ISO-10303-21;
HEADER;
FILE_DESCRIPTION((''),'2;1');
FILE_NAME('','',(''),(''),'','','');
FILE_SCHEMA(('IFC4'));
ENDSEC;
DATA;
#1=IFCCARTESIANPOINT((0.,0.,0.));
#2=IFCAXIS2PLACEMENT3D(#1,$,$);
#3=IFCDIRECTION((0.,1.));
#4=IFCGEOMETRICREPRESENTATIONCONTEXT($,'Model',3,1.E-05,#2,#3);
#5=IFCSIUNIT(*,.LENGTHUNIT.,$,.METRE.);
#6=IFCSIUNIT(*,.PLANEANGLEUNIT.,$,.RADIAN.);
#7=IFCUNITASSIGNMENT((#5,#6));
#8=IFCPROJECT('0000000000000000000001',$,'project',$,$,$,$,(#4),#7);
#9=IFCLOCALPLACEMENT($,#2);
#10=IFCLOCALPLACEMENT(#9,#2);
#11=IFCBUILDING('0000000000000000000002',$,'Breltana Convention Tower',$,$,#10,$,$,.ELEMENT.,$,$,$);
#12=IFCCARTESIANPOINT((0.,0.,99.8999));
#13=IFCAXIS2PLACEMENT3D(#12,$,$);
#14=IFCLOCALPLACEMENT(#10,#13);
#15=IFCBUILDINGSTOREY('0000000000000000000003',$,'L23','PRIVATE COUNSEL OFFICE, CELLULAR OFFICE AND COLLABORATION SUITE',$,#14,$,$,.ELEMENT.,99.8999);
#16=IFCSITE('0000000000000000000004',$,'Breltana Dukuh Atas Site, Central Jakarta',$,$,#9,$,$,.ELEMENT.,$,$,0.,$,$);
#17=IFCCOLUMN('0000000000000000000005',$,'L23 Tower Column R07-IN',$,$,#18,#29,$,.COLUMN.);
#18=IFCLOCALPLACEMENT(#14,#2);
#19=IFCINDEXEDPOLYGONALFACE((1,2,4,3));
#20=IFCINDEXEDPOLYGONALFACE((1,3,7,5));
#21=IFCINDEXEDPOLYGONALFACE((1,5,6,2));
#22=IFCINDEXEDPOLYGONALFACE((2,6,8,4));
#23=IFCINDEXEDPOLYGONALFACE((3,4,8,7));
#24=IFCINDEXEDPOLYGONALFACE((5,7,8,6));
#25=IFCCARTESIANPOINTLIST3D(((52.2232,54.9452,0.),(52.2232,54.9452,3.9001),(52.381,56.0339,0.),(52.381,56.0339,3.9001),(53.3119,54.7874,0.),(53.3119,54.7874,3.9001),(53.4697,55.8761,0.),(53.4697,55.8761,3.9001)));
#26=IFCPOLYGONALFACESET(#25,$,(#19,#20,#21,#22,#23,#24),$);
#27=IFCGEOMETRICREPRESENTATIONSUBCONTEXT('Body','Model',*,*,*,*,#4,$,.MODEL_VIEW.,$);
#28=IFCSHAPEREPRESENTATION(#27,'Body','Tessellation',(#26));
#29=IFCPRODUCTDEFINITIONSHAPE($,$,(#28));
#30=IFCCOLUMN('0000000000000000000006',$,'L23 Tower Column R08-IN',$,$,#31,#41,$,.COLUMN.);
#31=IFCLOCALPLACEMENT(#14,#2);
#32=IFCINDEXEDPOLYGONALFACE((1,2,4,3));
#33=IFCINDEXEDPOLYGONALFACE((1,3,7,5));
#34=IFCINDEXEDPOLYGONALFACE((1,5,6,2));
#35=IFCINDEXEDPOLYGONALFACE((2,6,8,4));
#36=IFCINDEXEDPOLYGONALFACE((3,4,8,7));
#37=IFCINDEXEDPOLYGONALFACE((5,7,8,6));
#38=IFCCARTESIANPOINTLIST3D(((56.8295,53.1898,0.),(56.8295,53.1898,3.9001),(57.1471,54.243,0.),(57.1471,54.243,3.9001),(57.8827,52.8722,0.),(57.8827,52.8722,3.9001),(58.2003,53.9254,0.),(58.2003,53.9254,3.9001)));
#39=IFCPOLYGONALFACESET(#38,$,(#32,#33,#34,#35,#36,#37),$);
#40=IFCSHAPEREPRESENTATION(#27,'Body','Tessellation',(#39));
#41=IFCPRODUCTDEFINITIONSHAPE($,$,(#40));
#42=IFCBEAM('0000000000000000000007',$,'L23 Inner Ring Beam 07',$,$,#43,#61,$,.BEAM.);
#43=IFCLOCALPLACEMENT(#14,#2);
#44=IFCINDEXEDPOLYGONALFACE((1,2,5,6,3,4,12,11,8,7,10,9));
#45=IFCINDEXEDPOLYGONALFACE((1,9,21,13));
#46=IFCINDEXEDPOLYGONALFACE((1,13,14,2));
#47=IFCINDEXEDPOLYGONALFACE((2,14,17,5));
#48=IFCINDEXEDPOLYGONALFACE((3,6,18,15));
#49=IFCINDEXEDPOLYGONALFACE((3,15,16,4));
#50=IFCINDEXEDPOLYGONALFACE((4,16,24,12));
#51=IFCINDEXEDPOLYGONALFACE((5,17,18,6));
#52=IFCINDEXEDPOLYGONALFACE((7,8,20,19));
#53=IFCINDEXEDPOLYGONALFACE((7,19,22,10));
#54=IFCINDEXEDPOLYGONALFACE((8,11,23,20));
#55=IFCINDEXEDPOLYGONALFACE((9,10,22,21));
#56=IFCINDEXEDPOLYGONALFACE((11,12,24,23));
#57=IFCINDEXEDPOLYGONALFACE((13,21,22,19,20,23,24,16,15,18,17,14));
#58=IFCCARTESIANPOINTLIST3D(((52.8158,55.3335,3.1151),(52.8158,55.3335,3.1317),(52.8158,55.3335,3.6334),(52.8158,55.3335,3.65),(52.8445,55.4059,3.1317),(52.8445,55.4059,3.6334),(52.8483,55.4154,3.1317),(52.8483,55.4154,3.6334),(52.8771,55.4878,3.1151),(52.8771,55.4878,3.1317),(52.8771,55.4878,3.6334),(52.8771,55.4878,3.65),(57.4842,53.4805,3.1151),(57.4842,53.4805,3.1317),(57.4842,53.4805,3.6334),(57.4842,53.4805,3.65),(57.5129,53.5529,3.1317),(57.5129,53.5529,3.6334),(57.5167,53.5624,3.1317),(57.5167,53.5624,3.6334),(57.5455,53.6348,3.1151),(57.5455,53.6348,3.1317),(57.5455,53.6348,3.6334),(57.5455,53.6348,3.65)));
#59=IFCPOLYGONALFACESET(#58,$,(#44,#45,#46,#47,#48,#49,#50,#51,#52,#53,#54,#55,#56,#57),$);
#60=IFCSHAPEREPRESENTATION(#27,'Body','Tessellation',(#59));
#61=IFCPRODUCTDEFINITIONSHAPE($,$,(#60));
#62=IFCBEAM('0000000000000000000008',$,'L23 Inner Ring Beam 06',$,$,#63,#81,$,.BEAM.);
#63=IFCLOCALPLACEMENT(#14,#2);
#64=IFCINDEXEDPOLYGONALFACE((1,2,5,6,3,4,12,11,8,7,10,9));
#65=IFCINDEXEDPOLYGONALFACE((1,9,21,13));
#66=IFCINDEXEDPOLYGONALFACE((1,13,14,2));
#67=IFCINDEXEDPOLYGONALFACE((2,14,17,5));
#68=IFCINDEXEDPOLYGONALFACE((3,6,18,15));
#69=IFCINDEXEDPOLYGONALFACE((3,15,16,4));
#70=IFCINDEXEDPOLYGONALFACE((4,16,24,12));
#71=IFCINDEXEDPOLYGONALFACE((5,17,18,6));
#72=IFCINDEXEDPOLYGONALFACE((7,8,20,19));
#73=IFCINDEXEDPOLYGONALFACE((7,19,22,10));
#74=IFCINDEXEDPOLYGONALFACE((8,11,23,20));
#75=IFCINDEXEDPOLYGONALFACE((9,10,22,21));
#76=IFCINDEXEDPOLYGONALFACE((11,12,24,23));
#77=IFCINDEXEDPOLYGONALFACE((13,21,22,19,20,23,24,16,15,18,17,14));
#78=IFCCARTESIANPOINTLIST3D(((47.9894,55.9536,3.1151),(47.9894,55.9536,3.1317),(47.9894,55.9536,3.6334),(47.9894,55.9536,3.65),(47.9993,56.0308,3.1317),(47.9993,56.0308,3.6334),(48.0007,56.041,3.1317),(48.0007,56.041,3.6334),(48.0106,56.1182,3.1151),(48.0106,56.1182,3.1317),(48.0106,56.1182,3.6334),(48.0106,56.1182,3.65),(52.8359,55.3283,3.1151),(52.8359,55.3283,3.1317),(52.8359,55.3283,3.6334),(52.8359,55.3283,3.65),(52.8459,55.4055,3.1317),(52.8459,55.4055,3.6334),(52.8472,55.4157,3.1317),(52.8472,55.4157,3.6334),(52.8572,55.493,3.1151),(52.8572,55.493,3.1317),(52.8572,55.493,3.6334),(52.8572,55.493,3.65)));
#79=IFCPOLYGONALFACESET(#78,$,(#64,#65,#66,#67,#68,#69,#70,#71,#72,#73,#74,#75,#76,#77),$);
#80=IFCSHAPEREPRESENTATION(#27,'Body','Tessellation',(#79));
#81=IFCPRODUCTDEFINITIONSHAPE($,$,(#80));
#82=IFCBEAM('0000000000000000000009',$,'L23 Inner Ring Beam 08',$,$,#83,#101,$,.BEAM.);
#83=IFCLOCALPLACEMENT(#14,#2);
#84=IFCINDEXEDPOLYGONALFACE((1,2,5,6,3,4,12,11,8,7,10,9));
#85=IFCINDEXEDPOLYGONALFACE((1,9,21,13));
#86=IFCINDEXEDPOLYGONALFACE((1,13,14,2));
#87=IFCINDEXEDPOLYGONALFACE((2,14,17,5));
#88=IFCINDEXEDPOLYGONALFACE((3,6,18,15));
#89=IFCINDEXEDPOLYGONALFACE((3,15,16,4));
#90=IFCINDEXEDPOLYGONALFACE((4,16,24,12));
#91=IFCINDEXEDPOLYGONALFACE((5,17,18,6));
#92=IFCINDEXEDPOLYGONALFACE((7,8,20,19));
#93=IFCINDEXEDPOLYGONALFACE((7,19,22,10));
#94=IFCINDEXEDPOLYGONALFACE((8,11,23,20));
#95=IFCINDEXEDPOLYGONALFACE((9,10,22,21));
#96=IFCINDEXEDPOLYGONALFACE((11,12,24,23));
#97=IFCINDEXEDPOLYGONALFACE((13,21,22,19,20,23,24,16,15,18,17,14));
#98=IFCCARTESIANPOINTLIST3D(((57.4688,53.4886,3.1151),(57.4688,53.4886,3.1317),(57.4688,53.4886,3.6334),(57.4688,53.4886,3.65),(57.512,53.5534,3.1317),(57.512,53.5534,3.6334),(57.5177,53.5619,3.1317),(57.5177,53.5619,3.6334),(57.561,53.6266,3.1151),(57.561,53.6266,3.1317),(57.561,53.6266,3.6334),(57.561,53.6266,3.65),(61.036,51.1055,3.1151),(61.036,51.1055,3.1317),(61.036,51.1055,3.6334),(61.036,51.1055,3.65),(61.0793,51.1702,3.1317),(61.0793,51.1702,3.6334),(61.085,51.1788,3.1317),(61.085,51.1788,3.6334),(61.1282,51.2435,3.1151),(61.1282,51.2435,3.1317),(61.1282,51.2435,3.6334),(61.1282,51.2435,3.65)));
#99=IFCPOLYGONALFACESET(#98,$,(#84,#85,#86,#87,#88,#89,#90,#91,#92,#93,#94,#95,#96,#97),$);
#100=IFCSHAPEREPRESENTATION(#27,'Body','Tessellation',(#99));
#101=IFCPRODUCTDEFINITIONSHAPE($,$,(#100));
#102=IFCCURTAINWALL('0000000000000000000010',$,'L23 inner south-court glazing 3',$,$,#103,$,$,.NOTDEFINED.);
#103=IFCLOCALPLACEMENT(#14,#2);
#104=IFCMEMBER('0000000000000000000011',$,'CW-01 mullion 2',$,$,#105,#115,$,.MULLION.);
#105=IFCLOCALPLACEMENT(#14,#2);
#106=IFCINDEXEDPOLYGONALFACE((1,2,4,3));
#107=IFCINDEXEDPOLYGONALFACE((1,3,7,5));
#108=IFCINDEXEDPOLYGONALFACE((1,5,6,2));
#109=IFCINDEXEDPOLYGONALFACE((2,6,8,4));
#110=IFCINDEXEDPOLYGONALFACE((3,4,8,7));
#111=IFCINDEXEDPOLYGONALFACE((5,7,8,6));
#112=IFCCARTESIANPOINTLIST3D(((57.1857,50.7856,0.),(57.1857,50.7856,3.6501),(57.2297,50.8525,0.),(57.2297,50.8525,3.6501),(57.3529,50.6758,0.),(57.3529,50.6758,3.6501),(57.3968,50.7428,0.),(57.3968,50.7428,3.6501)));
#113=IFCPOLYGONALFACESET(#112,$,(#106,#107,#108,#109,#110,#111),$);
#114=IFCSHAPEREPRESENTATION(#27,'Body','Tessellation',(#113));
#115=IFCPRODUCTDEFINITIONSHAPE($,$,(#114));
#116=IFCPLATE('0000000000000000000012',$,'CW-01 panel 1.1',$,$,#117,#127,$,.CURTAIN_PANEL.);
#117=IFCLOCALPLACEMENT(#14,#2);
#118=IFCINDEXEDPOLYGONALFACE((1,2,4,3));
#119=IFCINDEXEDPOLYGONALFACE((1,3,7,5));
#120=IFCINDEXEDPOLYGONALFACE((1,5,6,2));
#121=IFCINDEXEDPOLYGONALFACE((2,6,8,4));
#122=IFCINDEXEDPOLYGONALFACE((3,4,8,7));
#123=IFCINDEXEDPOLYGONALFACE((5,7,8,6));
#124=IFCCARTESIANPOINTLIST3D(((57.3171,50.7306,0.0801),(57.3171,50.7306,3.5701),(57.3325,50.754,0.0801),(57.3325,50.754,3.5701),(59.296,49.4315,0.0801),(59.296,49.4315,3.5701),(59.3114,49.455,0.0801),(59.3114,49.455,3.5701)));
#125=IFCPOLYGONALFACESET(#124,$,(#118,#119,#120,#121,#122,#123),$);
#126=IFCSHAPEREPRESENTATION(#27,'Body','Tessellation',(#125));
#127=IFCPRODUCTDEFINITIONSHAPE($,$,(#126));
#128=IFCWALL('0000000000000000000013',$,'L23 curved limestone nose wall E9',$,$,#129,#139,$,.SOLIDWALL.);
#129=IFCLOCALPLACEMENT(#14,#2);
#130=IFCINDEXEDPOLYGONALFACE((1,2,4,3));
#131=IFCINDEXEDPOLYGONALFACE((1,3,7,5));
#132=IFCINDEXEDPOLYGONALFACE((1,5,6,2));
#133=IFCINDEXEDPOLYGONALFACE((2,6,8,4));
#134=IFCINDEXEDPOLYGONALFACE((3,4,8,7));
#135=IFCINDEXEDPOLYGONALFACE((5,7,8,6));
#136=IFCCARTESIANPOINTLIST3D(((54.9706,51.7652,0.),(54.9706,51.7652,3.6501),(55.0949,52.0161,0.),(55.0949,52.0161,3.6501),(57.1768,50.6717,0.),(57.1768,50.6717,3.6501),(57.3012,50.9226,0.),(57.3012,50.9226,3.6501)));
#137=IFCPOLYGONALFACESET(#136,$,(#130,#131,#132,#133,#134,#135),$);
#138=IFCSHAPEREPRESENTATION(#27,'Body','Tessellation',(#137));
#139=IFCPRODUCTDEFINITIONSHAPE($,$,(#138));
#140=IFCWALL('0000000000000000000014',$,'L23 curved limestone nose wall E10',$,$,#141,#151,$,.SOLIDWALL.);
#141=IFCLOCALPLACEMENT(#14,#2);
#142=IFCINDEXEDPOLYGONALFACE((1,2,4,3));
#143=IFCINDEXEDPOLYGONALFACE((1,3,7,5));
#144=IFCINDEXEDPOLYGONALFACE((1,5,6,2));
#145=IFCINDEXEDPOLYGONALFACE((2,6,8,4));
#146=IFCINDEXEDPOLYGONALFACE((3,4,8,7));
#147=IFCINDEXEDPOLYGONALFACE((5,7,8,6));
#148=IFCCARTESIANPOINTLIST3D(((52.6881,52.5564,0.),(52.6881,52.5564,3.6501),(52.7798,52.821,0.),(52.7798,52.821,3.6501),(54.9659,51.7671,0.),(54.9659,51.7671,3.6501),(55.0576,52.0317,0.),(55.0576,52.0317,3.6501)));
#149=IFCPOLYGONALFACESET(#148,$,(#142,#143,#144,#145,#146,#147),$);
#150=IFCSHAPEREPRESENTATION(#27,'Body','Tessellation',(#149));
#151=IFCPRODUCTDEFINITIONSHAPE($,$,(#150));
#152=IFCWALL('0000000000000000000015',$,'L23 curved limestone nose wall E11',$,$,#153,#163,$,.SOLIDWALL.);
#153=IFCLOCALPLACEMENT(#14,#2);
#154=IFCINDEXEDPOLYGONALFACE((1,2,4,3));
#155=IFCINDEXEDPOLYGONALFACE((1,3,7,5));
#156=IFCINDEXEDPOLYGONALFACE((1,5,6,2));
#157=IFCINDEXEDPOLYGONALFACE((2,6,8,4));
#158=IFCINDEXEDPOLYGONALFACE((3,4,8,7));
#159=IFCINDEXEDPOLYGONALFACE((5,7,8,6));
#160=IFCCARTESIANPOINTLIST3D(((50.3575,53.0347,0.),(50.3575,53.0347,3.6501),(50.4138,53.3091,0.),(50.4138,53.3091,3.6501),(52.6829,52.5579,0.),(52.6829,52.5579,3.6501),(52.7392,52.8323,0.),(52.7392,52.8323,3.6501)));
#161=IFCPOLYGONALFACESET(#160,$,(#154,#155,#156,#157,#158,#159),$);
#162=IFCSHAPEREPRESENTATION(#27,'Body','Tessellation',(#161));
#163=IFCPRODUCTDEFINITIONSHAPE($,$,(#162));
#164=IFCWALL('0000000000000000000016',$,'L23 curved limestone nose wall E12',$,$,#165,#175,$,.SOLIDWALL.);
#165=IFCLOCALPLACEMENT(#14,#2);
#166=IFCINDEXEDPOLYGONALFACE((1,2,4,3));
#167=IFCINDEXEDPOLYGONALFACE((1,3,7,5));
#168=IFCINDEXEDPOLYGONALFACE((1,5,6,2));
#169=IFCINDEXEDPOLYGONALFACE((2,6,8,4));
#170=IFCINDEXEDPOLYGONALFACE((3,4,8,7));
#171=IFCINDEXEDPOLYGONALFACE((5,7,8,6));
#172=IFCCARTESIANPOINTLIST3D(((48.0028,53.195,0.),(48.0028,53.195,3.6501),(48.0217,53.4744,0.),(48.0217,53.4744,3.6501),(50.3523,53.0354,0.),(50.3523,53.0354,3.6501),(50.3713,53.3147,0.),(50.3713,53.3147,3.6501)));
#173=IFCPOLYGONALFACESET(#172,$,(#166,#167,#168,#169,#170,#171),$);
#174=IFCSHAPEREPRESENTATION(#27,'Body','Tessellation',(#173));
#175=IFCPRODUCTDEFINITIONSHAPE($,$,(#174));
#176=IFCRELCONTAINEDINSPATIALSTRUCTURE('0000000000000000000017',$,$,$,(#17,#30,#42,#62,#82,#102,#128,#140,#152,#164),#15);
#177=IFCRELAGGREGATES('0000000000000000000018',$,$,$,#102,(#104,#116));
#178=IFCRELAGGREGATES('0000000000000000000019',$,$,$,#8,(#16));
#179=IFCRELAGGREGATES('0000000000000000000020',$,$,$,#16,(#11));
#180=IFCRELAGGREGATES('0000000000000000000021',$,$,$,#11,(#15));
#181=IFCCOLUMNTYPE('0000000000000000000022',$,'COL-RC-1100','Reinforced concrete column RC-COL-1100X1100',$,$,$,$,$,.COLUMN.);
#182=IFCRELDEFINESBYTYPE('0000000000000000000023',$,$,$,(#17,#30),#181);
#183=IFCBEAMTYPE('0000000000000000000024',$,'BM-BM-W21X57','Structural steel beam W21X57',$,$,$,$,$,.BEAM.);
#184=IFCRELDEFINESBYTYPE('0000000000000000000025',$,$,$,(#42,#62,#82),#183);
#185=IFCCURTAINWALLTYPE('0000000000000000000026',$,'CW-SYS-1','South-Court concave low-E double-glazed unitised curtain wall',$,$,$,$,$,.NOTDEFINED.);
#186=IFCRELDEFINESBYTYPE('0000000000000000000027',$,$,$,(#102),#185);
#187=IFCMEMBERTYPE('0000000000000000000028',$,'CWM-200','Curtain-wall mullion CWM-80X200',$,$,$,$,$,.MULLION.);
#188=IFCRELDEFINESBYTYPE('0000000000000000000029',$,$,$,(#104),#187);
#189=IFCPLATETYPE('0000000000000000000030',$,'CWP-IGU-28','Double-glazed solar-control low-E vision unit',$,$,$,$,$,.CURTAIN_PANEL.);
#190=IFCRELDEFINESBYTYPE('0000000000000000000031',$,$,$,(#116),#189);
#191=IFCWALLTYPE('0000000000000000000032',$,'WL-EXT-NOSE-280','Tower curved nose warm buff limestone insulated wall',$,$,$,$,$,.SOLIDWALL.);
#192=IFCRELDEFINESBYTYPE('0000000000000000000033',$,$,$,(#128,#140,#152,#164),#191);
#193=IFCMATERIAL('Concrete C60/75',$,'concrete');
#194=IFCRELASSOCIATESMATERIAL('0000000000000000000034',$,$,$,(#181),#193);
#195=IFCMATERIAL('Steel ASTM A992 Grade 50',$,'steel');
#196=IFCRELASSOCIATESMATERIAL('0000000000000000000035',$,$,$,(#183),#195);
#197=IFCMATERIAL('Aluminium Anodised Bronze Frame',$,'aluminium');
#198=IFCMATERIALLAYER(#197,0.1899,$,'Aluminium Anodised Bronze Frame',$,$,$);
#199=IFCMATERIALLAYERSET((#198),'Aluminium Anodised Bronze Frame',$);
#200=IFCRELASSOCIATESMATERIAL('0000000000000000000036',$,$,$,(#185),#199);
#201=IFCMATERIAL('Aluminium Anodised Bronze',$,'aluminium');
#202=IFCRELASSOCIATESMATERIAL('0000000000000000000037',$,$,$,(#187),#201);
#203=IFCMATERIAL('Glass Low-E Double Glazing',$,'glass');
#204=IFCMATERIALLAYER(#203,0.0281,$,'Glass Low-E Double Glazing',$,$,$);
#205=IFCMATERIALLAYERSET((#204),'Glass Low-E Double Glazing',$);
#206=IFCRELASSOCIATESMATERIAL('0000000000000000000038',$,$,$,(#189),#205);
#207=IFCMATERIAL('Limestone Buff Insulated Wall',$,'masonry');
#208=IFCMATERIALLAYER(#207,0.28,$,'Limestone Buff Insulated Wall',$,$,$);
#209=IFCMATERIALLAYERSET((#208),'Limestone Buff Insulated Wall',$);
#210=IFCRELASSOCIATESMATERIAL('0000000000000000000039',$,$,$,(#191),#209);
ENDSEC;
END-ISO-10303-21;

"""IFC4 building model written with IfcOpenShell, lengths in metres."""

from ifc_helpers import new_model, si_unit, direction, frame, frame_2d, origin, origin_2d, place, context, subcontext, project, spatial, rectangle, i_section, extrude, source, transform, mapped, material, layer, layer_set, material_profile, profile_set, type_object, element, aggregate, save


model = new_model("IFC4")

# Units and contexts
model_context = context("Model", 3, precision=1e-05, world=origin(), true_north=direction((0.0, 1.0)))
body_context = subcontext(model_context, "Body", "Model", "MODEL_VIEW")
ifc_project = project(units=[si_unit("LENGTHUNIT", "METRE"), si_unit("PLANEANGLEUNIT", "RADIAN")], contexts=[model_context])

# Site, building, storey
site_placement = place(None, origin())
site = spatial("IfcSite", under=ifc_project, at=site_placement, Name="Breltana Dukuh Atas Site, Central Jakarta", CompositionType="ELEMENT", RefElevation=0.0)
building_placement = place(site_placement, origin())
building = spatial("IfcBuilding", under=site, at=building_placement, Name="Breltana Convention Tower", CompositionType="ELEMENT")
storey_placement = place(building_placement, frame((0.0, 0.0, 99.8999)))
storey = spatial("IfcBuildingStorey", under=building, at=storey_placement, Name="L23", Description="PRIVATE COUNSEL OFFICE, CELLULAR OFFICE AND COLLABORATION SUITE", CompositionType="ELEMENT", Elevation=99.8999)

# Columns
ifc_material_1 = material(Name="Concrete C60/75", Category="concrete")
ifc_material_profile_1 = material_profile(ifc_material_1, rectangle(XDim=1.1001, YDim=1.1001, at=origin_2d()), Name="RC-COL-1100X1100")
ifc_profile_set_1 = profile_set([ifc_material_profile_1], Name="Concrete C60/75")
column_type = type_object("IfcColumnType", Name="COL-RC-1100", Description="Reinforced concrete column RC-COL-1100X1100", PredefinedType="COLUMN", material=ifc_profile_set_1)
shared_shape_1 = source(origin(), body_context, "Body", "SweptSolid", [
    extrude(rectangle(XDim=1.1001, YDim=1.1001, at=origin_2d()), origin(), (0.0, 0.0, 1.0), 3.9001),
])
for number, where, z_axis, x_axis, name in (
    (1, (52.8464, 55.4106, 0.0), (0.0, 0.0, 1.0), (0.143493, 0.989651, 0.0), "L23 Tower Column R07-IN"),
    (2, (57.5149, 53.5576, 0.0), (0.0, 0.0, 1.0), (0.288698, 0.95742, 0.0), "L23 Tower Column R08-IN"),
):
    element("IfcColumn", number, at=place(storey_placement, frame(where, z_axis=z_axis, x_axis=x_axis)), inside=storey, type_object=column_type, Name=name, PredefinedType="COLUMN", context=body_context, shape_type="MappedRepresentation", body=[
        mapped(shared_shape_1, transform((0.0, 0.0, 0.0), scale=1.0)),
    ])

# Beams
ifc_material_2 = material(Name="Steel ASTM A992 Grade 50", Category="steel")
ifc_material_profile_2 = material_profile(ifc_material_2, i_section(OverallWidth=0.166, OverallDepth=0.5349, WebThickness=0.0103, FlangeThickness=0.0166, at=origin_2d()), Name="W21X57")
ifc_profile_set_2 = profile_set([ifc_material_profile_2], Name="Steel ASTM A992 Grade 50")
beam_type = type_object("IfcBeamType", Name="BM-BM-W21X57", Description="Structural steel beam W21X57", PredefinedType="BEAM", material=ifc_profile_set_2)
shared_shape_2 = source(origin(), body_context, "Body", "SweptSolid", [
    extrude(i_section(OverallWidth=0.166, OverallDepth=0.5349, WebThickness=0.0103, FlangeThickness=0.0166, at=origin_2d()), origin(), (0.0, 0.0, 1.0), 5.0227),
])
beam_1_placement = place(storey_placement, frame((52.8464, 55.4106, 3.3826), z_axis=(0.929459, -0.368926, 0.0), x_axis=(0.368926, 0.929459, 0.0)))
element("IfcBeam", 3, at=beam_1_placement, inside=storey, type_object=beam_type, Name="L23 Inner Ring Beam 07", PredefinedType="BEAM", context=body_context, shape_type="MappedRepresentation", body=[
    mapped(shared_shape_2, transform((0.0, 0.0, 0.0), scale=1.0)),
])
shared_shape_3 = source(origin(), body_context, "Body", "SweptSolid", [
    extrude(i_section(OverallWidth=0.166, OverallDepth=0.5349, WebThickness=0.0103, FlangeThickness=0.0166, at=origin_2d()), origin(), (0.0, 0.0, 1.0), 4.8867),
])
beam_2_placement = place(storey_placement, frame((48.0, 56.0359, 3.3826), z_axis=(0.991781, -0.127951, 0.0), x_axis=(0.127951, 0.991781, 0.0)))
element("IfcBeam", 4, at=beam_2_placement, inside=storey, type_object=beam_type, Name="L23 Inner Ring Beam 06", PredefinedType="BEAM", context=body_context, shape_type="MappedRepresentation", body=[
    mapped(shared_shape_3, transform((0.0, 0.0, 0.0), scale=1.0)),
])
shared_shape_4 = source(origin(), body_context, "Body", "SweptSolid", [
    extrude(i_section(OverallWidth=0.166, OverallDepth=0.5349, WebThickness=0.0103, FlangeThickness=0.0166, at=origin_2d()), origin(), (0.0, 0.0, 1.0), 4.29),
])
beam_3_placement = place(storey_placement, frame((57.5149, 53.5576, 3.3826), z_axis=(0.831516, -0.555501, 0.0), x_axis=(0.555501, 0.831516, 0.0)))
element("IfcBeam", 5, at=beam_3_placement, inside=storey, type_object=beam_type, Name="L23 Inner Ring Beam 08", PredefinedType="BEAM", context=body_context, shape_type="MappedRepresentation", body=[
    mapped(shared_shape_4, transform((0.0, 0.0, 0.0), scale=1.0)),
])

# Curtain wall, member, plate
ifc_material_3 = material(Name="Aluminium Anodised Bronze Frame", Category="aluminium")
ifc_layer_1 = layer(ifc_material_3, 0.1899, Name="Aluminium Anodised Bronze Frame")
ifc_layer_set_1 = layer_set([ifc_layer_1], Name="Aluminium Anodised Bronze Frame")
curtain_wall_type = type_object("IfcCurtainWallType", Name="CW-SYS-1", Description="South-Court concave low-E double-glazed unitised curtain wall", PredefinedType="NOTDEFINED", material=ifc_layer_set_1)
curtain_wall_placement = place(storey_placement, origin())
curtain_wall = element("IfcCurtainWall", 6, at=curtain_wall_placement, inside=storey, type_object=curtain_wall_type, Name="L23 inner south-court glazing 3", PredefinedType="NOTDEFINED")
ifc_material_4 = material(Name="Aluminium Anodised Bronze", Category="aluminium")
ifc_material_profile_3 = material_profile(ifc_material_4, rectangle(XDim=0.0801, YDim=0.2, at=origin_2d()), Name="CWM-80X200")
ifc_profile_set_3 = profile_set([ifc_material_profile_3], Name="Aluminium Anodised Bronze")
member_type = type_object("IfcMemberType", Name="CWM-200", Description="Curtain-wall mullion CWM-80X200", PredefinedType="MULLION", material=ifc_profile_set_3)
shared_shape_5 = source(origin(), body_context, "Body", "SweptSolid", [
    extrude(rectangle(XDim=0.0801, YDim=0.2, at=origin_2d()), origin(), (0.0, 0.0, 1.0), 3.6501),
])
member_placement = place(storey_placement, frame((57.2913, 50.7642, 0.0), z_axis=(0.0, 0.0, 1.0), x_axis=(-0.548778, -0.835968, 0.0)))
member = element("IfcMember", 7, at=member_placement, type_object=member_type, Name="CW-01 mullion 2", PredefinedType="MULLION", context=body_context, shape_type="MappedRepresentation", body=[
    mapped(shared_shape_5, transform((0.0, 0.0, 0.0), scale=1.0)),
])
ifc_material_5 = material(Name="Glass Low-E Double Glazing", Category="glass")
ifc_layer_2 = layer(ifc_material_5, 0.0281, Name="Glass Low-E Double Glazing")
ifc_layer_set_2 = layer_set([ifc_layer_2], Name="Glass Low-E Double Glazing")
plate_type = type_object("IfcPlateType", Name="CWP-IGU-28", Description="Double-glazed solar-control low-E vision unit", PredefinedType="CURTAIN_PANEL", material=ifc_layer_set_2)
shared_shape_6 = source(origin(), body_context, "Body", "SweptSolid", [
    extrude(rectangle(XDim=2.3672, YDim=0.0281, at=origin_2d()), origin(), (0.0, 0.0, 1.0), 3.49),
])
plate_placement = place(storey_placement, frame((58.3142, 50.0928, 0.0801), z_axis=(0.0, 0.0, 1.0), x_axis=(-0.835968, 0.548778, 0.0)))
plate = element("IfcPlate", 8, at=plate_placement, type_object=plate_type, Name="CW-01 panel 1.1", PredefinedType="CURTAIN_PANEL", context=body_context, shape_type="MappedRepresentation", body=[
    mapped(shared_shape_6, transform((0.0, 0.0, 0.0), scale=1.0)),
])
aggregate(curtain_wall, [member, plate])

# Walls
ifc_material_6 = material(Name="Limestone Buff Insulated Wall", Category="masonry")
ifc_layer_3 = layer(ifc_material_6, 0.28, Name="Limestone Buff Insulated Wall")
ifc_layer_set_3 = layer_set([ifc_layer_3], Name="Limestone Buff Insulated Wall")
wall_type_1 = type_object("IfcWallType", Name="WL-EXT-NOSE-280", Description="Tower curved nose warm buff limestone insulated wall", PredefinedType="SOLIDWALL", material=ifc_layer_set_3)
shared_shape_7 = source(origin(), body_context, "Body", "SweptSolid", [
    extrude(rectangle(XDim=2.4624, YDim=0.28, at=frame_2d((1.2312, 0.0))), origin(), (0.0, 0.0, 1.0), 3.6501),
])
wall_1_placement = place(storey_placement, frame((57.239, 50.7971, 0.0), z_axis=(0.0, 0.0, 1.0), x_axis=(-0.895988, 0.444078, 0.0)))
element("IfcWall", 9, at=wall_1_placement, inside=storey, type_object=wall_type_1, Name="L23 curved limestone nose wall E9", PredefinedType="SOLIDWALL", context=body_context, shape_type="MappedRepresentation", body=[
    mapped(shared_shape_7, transform((0.0, 0.0, 0.0), scale=1.0)),
])
shared_shape_8 = source(origin(), body_context, "Body", "SweptSolid", [
    extrude(rectangle(XDim=2.4106, YDim=0.28, at=frame_2d((1.2053, 0.0))), origin(), (0.0, 0.0, 1.0), 3.6501),
])
wall_2_placement = place(storey_placement, frame((55.0117, 51.8994, 0.0), z_axis=(0.0, 0.0, 1.0), x_axis=(-0.94488, 0.327417, 0.0)))
element("IfcWall", 10, at=wall_2_placement, inside=storey, type_object=wall_type_1, Name="L23 curved limestone nose wall E10", PredefinedType="SOLIDWALL", context=body_context, shape_type="MappedRepresentation", body=[
    mapped(shared_shape_8, transform((0.0, 0.0, 0.0), scale=1.0)),
])
shared_shape_9 = source(origin(), body_context, "Body", "SweptSolid", [
    extrude(rectangle(XDim=2.3738, YDim=0.28, at=frame_2d((1.187, 0.0))), origin(), (0.0, 0.0, 1.0), 3.6501),
])
wall_3_placement = place(storey_placement, frame((52.7112, 52.6951, 0.0), z_axis=(0.0, 0.0, 1.0), x_axis=(-0.97962, 0.200861, 0.0)))
element("IfcWall", 11, at=wall_3_placement, inside=storey, type_object=wall_type_1, Name="L23 curved limestone nose wall E11", PredefinedType="SOLIDWALL", context=body_context, shape_type="MappedRepresentation", body=[
    mapped(shared_shape_9, transform((0.0, 0.0, 0.0), scale=1.0)),
])
shared_shape_10 = source(origin(), body_context, "Body", "SweptSolid", [
    extrude(rectangle(XDim=2.355, YDim=0.28, at=frame_2d((1.1775, 0.0))), origin(), (0.0, 0.0, 1.0), 3.6501),
])
wall_4_placement = place(storey_placement, frame((50.3618, 53.175, 0.0), z_axis=(0.0, 0.0, 1.0), x_axis=(-0.997699, 0.067799, 0.0)))
element("IfcWall", 12, at=wall_4_placement, inside=storey, type_object=wall_type_1, Name="L23 curved limestone nose wall E12", PredefinedType="SOLIDWALL", context=body_context, shape_type="MappedRepresentation", body=[
    mapped(shared_shape_10, transform((0.0, 0.0, 0.0), scale=1.0)),
])

save(model, "model.ifc")
